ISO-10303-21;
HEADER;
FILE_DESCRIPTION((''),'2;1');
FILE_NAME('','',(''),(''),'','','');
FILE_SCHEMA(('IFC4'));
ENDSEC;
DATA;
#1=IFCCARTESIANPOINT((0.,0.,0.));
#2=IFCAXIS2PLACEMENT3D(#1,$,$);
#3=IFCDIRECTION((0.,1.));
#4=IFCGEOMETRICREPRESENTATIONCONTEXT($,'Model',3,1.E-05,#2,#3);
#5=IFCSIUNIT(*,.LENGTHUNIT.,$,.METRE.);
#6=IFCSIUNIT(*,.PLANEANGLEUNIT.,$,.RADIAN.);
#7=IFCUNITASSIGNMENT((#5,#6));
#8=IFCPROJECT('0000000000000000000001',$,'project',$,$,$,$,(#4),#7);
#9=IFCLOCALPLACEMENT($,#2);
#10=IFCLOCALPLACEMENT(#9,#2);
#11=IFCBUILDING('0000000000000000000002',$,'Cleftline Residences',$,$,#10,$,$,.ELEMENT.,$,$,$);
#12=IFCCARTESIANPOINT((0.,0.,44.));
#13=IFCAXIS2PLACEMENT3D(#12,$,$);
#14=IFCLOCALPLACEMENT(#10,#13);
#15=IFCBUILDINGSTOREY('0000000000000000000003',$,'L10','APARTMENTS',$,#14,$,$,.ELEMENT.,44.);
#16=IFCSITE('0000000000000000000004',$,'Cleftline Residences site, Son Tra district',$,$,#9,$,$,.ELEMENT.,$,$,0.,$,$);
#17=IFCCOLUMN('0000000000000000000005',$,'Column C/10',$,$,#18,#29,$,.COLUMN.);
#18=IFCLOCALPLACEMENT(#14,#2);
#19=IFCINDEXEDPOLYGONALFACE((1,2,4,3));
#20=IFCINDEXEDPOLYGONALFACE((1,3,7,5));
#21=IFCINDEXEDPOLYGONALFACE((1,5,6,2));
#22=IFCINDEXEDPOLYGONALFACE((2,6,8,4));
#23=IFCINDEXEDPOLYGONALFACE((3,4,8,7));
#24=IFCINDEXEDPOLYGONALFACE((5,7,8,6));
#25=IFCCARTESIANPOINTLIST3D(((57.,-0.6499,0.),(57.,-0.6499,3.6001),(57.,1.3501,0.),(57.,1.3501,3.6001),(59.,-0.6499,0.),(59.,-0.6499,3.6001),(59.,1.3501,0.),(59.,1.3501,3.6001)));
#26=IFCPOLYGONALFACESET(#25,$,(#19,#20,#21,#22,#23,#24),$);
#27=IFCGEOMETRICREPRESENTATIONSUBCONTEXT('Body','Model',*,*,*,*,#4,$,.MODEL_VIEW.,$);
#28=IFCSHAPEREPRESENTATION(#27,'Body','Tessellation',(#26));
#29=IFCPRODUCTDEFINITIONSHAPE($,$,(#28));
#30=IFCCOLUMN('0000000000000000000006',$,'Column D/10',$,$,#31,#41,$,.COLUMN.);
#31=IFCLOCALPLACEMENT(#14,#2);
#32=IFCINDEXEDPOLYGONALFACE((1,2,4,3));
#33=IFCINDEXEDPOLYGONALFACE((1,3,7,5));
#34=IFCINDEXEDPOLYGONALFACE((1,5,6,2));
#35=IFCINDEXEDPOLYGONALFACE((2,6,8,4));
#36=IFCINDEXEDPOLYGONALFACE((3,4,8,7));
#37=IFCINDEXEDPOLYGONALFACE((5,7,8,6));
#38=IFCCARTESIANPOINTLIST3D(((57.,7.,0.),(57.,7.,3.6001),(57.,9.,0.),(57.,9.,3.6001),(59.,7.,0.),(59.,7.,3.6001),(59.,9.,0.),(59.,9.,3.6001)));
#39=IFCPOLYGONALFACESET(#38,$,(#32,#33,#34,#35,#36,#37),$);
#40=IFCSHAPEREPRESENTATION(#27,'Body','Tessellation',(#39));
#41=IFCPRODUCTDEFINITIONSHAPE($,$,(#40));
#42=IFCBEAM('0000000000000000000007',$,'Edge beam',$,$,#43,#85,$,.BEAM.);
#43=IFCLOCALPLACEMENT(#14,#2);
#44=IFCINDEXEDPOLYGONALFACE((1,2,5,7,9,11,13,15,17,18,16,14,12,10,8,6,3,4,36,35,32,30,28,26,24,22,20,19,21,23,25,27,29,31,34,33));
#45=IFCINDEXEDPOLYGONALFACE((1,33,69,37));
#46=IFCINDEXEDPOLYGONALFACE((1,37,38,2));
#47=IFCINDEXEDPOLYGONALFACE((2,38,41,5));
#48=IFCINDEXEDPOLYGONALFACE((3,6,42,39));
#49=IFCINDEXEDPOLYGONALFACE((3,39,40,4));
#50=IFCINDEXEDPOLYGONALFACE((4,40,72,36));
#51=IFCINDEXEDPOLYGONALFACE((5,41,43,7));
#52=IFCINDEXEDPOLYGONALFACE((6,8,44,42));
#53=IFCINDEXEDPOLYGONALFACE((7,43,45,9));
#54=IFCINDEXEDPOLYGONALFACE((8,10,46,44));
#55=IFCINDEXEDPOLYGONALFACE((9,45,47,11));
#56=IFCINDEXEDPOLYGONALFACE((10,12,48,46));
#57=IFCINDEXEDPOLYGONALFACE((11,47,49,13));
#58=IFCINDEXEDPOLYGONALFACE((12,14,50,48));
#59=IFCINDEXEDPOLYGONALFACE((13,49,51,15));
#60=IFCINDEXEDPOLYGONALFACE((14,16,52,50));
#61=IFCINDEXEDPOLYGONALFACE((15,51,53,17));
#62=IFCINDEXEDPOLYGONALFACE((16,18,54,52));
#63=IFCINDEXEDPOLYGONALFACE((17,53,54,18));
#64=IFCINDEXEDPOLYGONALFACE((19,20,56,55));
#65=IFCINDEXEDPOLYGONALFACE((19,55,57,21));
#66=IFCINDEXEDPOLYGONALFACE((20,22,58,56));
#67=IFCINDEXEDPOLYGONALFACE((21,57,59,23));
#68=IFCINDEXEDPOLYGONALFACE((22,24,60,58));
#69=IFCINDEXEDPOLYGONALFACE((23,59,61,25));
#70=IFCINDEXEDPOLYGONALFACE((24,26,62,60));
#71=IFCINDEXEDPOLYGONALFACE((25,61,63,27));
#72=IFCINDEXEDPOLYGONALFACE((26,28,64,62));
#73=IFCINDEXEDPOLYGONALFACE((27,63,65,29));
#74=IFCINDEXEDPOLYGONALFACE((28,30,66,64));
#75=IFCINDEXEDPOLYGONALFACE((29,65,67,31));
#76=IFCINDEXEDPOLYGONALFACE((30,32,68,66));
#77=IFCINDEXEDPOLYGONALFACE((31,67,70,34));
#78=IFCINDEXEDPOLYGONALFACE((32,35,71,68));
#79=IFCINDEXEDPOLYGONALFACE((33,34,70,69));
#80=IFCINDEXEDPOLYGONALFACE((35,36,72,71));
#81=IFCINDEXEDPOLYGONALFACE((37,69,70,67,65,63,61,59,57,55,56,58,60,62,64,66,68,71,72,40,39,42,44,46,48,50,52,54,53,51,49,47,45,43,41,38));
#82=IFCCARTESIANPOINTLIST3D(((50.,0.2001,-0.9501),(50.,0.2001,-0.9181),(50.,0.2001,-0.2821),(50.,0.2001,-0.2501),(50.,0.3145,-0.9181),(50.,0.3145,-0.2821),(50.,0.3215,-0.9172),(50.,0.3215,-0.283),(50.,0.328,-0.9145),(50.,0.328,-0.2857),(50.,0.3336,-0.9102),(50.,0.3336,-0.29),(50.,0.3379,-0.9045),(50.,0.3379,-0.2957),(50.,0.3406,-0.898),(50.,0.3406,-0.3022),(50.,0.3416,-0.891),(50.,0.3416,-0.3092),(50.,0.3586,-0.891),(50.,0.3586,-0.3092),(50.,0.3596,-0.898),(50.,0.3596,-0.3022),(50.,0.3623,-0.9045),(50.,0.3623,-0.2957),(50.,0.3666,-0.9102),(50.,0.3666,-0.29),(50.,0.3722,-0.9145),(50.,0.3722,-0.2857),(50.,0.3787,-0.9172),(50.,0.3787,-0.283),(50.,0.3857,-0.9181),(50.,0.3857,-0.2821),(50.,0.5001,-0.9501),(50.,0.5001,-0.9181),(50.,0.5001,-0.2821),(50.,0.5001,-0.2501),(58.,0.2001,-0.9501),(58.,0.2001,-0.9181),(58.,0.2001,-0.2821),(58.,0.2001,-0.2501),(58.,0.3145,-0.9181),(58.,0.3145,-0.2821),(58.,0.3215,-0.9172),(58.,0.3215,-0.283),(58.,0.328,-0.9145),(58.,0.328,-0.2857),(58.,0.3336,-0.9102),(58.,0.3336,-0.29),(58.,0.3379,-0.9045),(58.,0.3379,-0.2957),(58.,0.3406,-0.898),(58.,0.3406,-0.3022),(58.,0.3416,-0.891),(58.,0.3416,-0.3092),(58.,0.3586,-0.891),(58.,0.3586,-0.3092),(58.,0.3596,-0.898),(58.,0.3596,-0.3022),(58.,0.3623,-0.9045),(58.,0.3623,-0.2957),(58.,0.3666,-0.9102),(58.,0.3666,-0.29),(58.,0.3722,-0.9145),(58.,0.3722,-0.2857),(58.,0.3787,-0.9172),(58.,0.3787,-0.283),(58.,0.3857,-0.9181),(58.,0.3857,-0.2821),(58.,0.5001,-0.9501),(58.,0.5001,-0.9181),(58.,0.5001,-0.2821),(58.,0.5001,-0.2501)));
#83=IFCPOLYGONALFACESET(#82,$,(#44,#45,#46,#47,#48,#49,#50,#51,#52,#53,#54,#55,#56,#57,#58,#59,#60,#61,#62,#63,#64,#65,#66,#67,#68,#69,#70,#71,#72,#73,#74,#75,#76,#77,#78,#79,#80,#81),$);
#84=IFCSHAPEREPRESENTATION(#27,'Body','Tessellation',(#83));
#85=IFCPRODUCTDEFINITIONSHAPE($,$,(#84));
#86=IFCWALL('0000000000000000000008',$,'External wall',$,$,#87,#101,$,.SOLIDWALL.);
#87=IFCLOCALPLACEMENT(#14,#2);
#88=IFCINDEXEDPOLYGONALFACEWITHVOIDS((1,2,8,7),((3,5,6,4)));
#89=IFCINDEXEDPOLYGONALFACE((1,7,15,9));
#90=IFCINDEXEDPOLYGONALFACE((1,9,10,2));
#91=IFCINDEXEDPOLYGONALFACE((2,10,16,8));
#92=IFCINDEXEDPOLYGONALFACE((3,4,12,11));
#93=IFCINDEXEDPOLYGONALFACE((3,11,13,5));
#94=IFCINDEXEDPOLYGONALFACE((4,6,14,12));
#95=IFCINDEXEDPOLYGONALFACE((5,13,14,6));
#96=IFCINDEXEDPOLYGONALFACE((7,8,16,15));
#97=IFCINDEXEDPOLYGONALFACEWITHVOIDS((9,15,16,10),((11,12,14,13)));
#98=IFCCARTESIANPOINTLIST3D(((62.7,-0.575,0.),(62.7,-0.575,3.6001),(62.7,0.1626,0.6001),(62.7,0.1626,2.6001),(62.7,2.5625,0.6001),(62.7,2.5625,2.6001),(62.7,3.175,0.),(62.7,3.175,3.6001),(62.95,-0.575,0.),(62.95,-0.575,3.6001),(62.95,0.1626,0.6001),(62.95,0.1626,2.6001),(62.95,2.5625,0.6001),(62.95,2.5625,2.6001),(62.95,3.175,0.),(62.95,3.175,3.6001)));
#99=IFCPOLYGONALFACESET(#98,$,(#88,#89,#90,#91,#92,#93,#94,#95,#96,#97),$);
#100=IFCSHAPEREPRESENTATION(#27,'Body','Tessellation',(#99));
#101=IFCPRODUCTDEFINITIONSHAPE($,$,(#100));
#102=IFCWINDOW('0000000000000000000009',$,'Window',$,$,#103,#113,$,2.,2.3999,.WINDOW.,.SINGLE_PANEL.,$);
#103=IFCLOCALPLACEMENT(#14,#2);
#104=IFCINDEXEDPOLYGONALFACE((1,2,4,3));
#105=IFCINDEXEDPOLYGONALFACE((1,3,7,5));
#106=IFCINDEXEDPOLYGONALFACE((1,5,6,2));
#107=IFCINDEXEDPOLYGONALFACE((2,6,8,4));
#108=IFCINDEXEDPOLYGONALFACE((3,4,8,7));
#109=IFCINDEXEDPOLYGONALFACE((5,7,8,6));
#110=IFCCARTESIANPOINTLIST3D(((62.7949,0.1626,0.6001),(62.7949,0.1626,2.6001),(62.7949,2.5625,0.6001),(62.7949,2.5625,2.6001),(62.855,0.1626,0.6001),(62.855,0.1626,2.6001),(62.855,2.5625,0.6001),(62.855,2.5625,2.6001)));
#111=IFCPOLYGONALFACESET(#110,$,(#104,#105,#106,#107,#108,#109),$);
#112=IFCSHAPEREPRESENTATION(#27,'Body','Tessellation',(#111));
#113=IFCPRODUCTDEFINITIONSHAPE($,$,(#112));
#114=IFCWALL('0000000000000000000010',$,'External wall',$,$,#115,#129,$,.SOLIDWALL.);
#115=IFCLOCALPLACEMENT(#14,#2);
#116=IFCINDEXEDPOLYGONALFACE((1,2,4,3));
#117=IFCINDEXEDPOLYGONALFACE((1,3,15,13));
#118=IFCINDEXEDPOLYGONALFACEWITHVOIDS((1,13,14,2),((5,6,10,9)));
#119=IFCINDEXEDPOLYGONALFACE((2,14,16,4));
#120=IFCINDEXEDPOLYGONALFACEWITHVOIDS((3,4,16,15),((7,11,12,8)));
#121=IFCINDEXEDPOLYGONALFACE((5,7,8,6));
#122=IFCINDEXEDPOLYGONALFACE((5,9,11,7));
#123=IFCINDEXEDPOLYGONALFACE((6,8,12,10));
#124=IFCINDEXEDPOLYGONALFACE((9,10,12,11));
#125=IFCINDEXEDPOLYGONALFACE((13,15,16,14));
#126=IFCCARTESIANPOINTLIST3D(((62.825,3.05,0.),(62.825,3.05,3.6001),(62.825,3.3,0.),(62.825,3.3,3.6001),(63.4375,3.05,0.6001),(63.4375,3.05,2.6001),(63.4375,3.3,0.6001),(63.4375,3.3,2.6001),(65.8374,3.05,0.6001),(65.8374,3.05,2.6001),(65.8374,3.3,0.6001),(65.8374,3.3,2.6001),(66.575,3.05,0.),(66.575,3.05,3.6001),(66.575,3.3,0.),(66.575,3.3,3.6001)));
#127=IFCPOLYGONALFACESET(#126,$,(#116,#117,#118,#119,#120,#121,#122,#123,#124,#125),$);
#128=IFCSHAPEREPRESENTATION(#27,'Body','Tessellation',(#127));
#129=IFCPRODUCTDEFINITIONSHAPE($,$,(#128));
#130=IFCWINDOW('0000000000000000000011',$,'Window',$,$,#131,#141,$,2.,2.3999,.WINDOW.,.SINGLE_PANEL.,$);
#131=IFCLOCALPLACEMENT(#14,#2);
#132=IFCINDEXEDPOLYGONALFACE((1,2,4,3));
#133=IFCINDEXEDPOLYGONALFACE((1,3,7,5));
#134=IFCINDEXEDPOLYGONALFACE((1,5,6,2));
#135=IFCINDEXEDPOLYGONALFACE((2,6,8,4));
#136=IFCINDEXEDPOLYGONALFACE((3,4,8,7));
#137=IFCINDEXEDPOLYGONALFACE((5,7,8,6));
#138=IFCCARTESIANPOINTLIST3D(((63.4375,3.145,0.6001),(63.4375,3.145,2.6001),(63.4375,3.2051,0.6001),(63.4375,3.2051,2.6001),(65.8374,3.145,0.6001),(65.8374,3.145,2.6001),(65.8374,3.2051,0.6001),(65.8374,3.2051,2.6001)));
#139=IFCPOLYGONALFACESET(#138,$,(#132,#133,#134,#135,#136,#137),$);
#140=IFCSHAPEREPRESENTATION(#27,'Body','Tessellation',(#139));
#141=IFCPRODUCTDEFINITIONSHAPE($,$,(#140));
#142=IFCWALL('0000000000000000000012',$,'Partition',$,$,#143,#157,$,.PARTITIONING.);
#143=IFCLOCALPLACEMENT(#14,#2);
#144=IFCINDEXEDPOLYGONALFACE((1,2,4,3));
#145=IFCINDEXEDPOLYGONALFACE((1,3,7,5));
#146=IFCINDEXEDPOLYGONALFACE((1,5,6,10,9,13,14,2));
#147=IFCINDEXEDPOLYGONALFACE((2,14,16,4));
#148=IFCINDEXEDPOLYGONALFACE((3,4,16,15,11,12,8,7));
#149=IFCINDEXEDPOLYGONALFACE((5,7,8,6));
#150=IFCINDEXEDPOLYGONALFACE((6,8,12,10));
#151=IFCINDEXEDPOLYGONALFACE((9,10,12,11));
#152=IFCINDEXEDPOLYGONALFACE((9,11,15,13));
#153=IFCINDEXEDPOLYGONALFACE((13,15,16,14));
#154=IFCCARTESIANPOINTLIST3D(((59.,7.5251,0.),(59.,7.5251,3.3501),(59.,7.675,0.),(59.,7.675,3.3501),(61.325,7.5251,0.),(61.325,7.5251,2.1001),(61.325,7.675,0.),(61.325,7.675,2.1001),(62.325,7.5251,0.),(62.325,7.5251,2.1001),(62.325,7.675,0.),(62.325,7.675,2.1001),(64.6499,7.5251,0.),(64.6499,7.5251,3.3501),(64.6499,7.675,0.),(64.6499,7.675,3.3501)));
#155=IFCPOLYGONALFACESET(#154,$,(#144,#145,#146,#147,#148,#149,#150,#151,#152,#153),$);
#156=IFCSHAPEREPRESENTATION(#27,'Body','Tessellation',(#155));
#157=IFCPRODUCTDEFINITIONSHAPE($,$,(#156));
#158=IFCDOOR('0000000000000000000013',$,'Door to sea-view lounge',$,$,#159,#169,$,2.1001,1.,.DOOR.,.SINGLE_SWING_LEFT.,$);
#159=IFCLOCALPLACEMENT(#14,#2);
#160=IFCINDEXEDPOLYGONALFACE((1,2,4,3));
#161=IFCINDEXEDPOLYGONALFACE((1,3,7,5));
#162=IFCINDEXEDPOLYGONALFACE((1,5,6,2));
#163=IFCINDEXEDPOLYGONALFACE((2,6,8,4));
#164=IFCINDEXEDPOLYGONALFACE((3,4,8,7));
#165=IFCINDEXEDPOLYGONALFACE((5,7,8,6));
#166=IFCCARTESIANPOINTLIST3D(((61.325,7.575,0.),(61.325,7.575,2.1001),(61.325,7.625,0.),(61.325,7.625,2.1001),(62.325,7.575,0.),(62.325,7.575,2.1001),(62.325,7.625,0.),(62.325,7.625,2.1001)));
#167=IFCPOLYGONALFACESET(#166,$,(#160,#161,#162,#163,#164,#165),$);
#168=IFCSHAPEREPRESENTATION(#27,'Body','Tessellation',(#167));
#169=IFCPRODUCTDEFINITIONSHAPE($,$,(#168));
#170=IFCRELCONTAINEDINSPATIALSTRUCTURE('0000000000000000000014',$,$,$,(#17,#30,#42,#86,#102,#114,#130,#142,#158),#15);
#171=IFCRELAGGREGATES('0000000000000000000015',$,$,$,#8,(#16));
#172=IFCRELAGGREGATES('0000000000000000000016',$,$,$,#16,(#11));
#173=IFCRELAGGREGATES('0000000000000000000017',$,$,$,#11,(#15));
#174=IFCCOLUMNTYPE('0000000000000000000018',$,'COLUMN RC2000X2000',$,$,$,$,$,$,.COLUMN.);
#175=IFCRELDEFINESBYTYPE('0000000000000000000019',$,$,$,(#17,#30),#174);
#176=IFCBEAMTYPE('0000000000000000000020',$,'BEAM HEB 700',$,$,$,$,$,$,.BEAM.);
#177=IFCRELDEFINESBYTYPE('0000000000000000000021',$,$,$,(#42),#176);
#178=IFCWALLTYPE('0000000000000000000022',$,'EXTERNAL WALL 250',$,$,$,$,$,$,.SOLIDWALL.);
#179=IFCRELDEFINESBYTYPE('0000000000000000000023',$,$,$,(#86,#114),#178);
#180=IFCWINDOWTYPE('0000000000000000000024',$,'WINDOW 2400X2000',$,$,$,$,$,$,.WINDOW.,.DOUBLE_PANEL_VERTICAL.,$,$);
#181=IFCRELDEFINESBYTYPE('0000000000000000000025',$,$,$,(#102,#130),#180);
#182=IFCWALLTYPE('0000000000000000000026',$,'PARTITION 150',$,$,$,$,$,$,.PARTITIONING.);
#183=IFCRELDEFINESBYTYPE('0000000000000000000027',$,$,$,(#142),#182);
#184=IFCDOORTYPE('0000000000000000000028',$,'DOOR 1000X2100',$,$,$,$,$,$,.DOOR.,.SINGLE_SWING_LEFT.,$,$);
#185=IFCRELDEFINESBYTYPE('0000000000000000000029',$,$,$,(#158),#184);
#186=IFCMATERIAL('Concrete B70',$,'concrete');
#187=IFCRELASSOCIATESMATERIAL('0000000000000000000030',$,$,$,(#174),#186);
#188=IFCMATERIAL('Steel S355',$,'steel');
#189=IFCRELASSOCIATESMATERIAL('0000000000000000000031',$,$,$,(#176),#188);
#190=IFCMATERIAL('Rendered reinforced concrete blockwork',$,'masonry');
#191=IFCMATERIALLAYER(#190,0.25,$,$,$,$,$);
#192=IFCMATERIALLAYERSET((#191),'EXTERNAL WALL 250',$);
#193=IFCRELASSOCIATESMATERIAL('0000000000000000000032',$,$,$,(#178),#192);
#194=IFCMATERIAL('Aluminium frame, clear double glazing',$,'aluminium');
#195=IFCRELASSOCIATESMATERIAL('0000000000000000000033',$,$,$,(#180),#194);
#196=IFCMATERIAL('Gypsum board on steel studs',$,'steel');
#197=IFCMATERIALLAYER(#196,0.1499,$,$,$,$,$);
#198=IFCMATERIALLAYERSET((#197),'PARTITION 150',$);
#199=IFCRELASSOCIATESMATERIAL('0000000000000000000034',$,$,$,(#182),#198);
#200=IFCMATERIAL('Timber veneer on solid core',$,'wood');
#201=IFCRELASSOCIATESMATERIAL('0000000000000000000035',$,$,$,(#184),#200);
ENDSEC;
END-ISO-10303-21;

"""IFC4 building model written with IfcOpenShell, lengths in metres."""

from ifc_helpers import new_model, si_unit, direction, frame, frame_2d, origin, origin_2d, place, context, subcontext, project, spatial, rectangle, i_section, extrude, material, layer, layer_set, material_profile, profile_set, type_object, element, fill, save


model = new_model("IFC4")

# Units and contexts
model_context = context("Model", 3, precision=1e-05, world=origin(), true_north=direction((0.0, 1.0)))
body_context = subcontext(model_context, "Body", "Model", "MODEL_VIEW")
ifc_project = project(units=[si_unit("LENGTHUNIT", "METRE"), si_unit("PLANEANGLEUNIT", "RADIAN")], contexts=[model_context])

# Site, building, storey
site_placement = place(None, origin())
site = spatial("IfcSite", under=ifc_project, at=site_placement, Name="Cleftline Residences site, Son Tra district", CompositionType="ELEMENT", RefElevation=0.0)
building_placement = place(site_placement, origin())
building = spatial("IfcBuilding", under=site, at=building_placement, Name="Cleftline Residences", CompositionType="ELEMENT")
storey_placement = place(building_placement, frame((0.0, 0.0, 44.0)))
storey = spatial("IfcBuildingStorey", under=building, at=storey_placement, Name="L10", Description="APARTMENTS", CompositionType="ELEMENT", Elevation=44.0)

# Columns
ifc_material_1 = material(Name="Concrete B70", Category="concrete")
ifc_material_profile_1 = material_profile(ifc_material_1, rectangle(XDim=2.0, YDim=2.0, at=origin_2d()))
ifc_profile_set_1 = profile_set([ifc_material_profile_1], Name="Concrete B70")
column_type = type_object("IfcColumnType", Name="COLUMN RC2000X2000", PredefinedType="COLUMN", material=ifc_profile_set_1)
for number, where, z_axis, x_axis, name in (
    (1, (58.0, 0.3501, 0.0), (0.0, 0.0, 1.0), (1.0, 0.0, 0.0), "Column C/10"),
    (2, (58.0, 8.0, 0.0), (0.0, 0.0, 1.0), (1.0, 0.0, 0.0), "Column D/10"),
):
    element("IfcColumn", number, at=place(storey_placement, frame(where, z_axis=z_axis, x_axis=x_axis)), inside=storey, type_object=column_type, Name=name, PredefinedType="COLUMN", context=body_context, shape_type="SweptSolid", body=[
        extrude(rectangle(XDim=2.0, YDim=2.0, at=origin_2d()), origin(), (0.0, 0.0, 1.0), 3.6001),
    ])

# Beam
ifc_material_2 = material(Name="Steel S355", Category="steel")
ifc_material_profile_2 = material_profile(ifc_material_2, i_section(OverallWidth=0.3, OverallDepth=0.7, WebThickness=0.0171, FlangeThickness=0.032, FilletRadius=0.0271, at=origin_2d()))
ifc_profile_set_2 = profile_set([ifc_material_profile_2], Name="Steel S355")
beam_type = type_object("IfcBeamType", Name="BEAM HEB 700", PredefinedType="BEAM", material=ifc_profile_set_2)
beam_placement = place(storey_placement, frame((58.0, 0.3501, -0.6001), z_axis=(-1.0, 0.0, 0.0), x_axis=(0.0, -1.0, 0.0)))
element("IfcBeam", 3, at=beam_placement, inside=storey, type_object=beam_type, Name="Edge beam", PredefinedType="BEAM", context=body_context, shape_type="SweptSolid", body=[
    extrude(i_section(OverallWidth=0.3, OverallDepth=0.7, WebThickness=0.0171, FlangeThickness=0.032, FilletRadius=0.0271, at=origin_2d()), origin(), (0.0, 0.0, 1.0), 8.0),
])

# Walls, openings, windows
ifc_material_3 = material(Name="Rendered reinforced concrete blockwork", Category="masonry")
ifc_layer_1 = layer(ifc_material_3, 0.25)
ifc_layer_set_1 = layer_set([ifc_layer_1], Name="EXTERNAL WALL 250")
wall_type_1 = type_object("IfcWallType", Name="EXTERNAL WALL 250", PredefinedType="SOLIDWALL", material=ifc_layer_set_1)
wall_1_placement = place(storey_placement, frame((62.825, -0.575, 0.0), z_axis=(0.0, 0.0, 1.0), x_axis=(0.0, 1.0, 0.0)))
wall_1 = element("IfcWall", 4, at=wall_1_placement, inside=storey, type_object=wall_type_1, Name="External wall", PredefinedType="SOLIDWALL", context=body_context, shape_type="SweptSolid", body=[
    extrude(rectangle(XDim=3.75, YDim=0.25, at=frame_2d((1.875, 0.0))), origin(), (0.0, 0.0, 1.0), 3.6001),
])
opening_1_placement = place(wall_1_placement, frame((0.7375, 0.0, 0.6001)))
opening_1 = element("IfcOpeningElement", 5, at=opening_1_placement, cuts=wall_1, PredefinedType="OPENING", context=body_context, shape_type="SweptSolid", body=[
    extrude(rectangle(XDim=2.3999, YDim=2.0, at=frame_2d((1.2, 1.0))), frame((0.0, 0.135, 0.0), z_axis=(0.0, -1.0, 0.0), x_axis=(1.0, 0.0, 0.0)), (0.0, 0.0, 1.0), 0.27),
])
ifc_material_4 = material(Name="Aluminium frame, clear double glazing", Category="aluminium")
window_type = type_object("IfcWindowType", Name="WINDOW 2400X2000", PartitioningType="DOUBLE_PANEL_VERTICAL", PredefinedType="WINDOW", material=ifc_material_4)
window_1_placement = place(opening_1_placement, origin())
window_1 = element("IfcWindow", 6, at=window_1_placement, inside=storey, type_object=window_type, Name="Window", OverallHeight=2.0, OverallWidth=2.3999, PartitioningType="SINGLE_PANEL", PredefinedType="WINDOW", context=body_context, shape_type="SweptSolid", body=[
    extrude(rectangle(XDim=2.3999, YDim=2.0, at=frame_2d((1.2, 1.0))), frame((0.0, 0.03, 0.0), z_axis=(0.0, -1.0, 0.0), x_axis=(1.0, 0.0, 0.0)), (0.0, 0.0, 1.0), 0.0601),
])
fill(opening_1, window_1)
wall_2_placement = place(storey_placement, frame((62.825, 3.175, 0.0), z_axis=(0.0, 0.0, 1.0), x_axis=(1.0, 0.0, 0.0)))
wall_2 = element("IfcWall", 7, at=wall_2_placement, inside=storey, type_object=wall_type_1, Name="External wall", PredefinedType="SOLIDWALL", context=body_context, shape_type="SweptSolid", body=[
    extrude(rectangle(XDim=3.75, YDim=0.25, at=frame_2d((1.875, 0.0))), origin(), (0.0, 0.0, 1.0), 3.6001),
])
opening_2_placement = place(wall_2_placement, frame((0.6125, 0.0, 0.6001)))
opening_2 = element("IfcOpeningElement", 8, at=opening_2_placement, cuts=wall_2, PredefinedType="OPENING", context=body_context, shape_type="SweptSolid", body=[
    extrude(rectangle(XDim=2.3999, YDim=2.0, at=frame_2d((1.2, 1.0))), frame((0.0, 0.135, 0.0), z_axis=(0.0, -1.0, 0.0), x_axis=(1.0, 0.0, 0.0)), (0.0, 0.0, 1.0), 0.27),
])
window_2_placement = place(opening_2_placement, origin())
window_2 = element("IfcWindow", 9, at=window_2_placement, inside=storey, type_object=window_type, Name="Window", OverallHeight=2.0, OverallWidth=2.3999, PartitioningType="SINGLE_PANEL", PredefinedType="WINDOW", context=body_context, shape_type="SweptSolid", body=[
    extrude(rectangle(XDim=2.3999, YDim=2.0, at=frame_2d((1.2, 1.0))), frame((0.0, 0.03, 0.0), z_axis=(0.0, -1.0, 0.0), x_axis=(1.0, 0.0, 0.0)), (0.0, 0.0, 1.0), 0.0601),
])
fill(opening_2, window_2)

# Wall, opening, door
ifc_material_5 = material(Name="Gypsum board on steel studs", Category="steel")
ifc_layer_2 = layer(ifc_material_5, 0.1499)
ifc_layer_set_2 = layer_set([ifc_layer_2], Name="PARTITION 150")
wall_type_2 = type_object("IfcWallType", Name="PARTITION 150", PredefinedType="PARTITIONING", material=ifc_layer_set_2)
wall_3_placement = place(storey_placement, frame((59.0, 7.6001, 0.0), z_axis=(0.0, 0.0, 1.0), x_axis=(1.0, 0.0, 0.0)))
wall_3 = element("IfcWall", 10, at=wall_3_placement, inside=storey, type_object=wall_type_2, Name="Partition", PredefinedType="PARTITIONING", context=body_context, shape_type="SweptSolid", body=[
    extrude(rectangle(XDim=5.6499, YDim=0.1499, at=frame_2d((2.825, 0.0))), origin(), (0.0, 0.0, 1.0), 3.3501),
])
opening_3_placement = place(wall_3_placement, frame((2.325, 0.0, 0.0)))
opening_3 = element("IfcOpeningElement", 11, at=opening_3_placement, cuts=wall_3, PredefinedType="OPENING", context=body_context, shape_type="SweptSolid", body=[
    extrude(rectangle(XDim=1.0, YDim=2.1001, at=frame_2d((0.5, 1.05))), frame((0.0, 0.085, 0.0), z_axis=(0.0, -1.0, 0.0), x_axis=(1.0, 0.0, 0.0)), (0.0, 0.0, 1.0), 0.1699),
])
ifc_material_6 = material(Name="Timber veneer on solid core", Category="wood")
door_type_1 = type_object("IfcDoorType", Name="DOOR 1000X2100", OperationType="SINGLE_SWING_LEFT", PredefinedType="DOOR", material=ifc_material_6)
door_1_placement = place(opening_3_placement, origin())
door_1 = element("IfcDoor", 12, at=door_1_placement, inside=storey, type_object=door_type_1, Name="Door to sea-view lounge", OperationType="SINGLE_SWING_LEFT", OverallHeight=2.1001, OverallWidth=1.0, PredefinedType="DOOR", context=body_context, shape_type="SweptSolid", body=[
    extrude(rectangle(XDim=1.0, YDim=2.1001, at=frame_2d((0.5, 1.05))), frame((0.0, 0.0249, 0.0), z_axis=(0.0, -1.0, 0.0), x_axis=(1.0, 0.0, 0.0)), (0.0, 0.0, 1.0), 0.05),
])
fill(opening_3, door_1)

save(model, "model.ifc")
